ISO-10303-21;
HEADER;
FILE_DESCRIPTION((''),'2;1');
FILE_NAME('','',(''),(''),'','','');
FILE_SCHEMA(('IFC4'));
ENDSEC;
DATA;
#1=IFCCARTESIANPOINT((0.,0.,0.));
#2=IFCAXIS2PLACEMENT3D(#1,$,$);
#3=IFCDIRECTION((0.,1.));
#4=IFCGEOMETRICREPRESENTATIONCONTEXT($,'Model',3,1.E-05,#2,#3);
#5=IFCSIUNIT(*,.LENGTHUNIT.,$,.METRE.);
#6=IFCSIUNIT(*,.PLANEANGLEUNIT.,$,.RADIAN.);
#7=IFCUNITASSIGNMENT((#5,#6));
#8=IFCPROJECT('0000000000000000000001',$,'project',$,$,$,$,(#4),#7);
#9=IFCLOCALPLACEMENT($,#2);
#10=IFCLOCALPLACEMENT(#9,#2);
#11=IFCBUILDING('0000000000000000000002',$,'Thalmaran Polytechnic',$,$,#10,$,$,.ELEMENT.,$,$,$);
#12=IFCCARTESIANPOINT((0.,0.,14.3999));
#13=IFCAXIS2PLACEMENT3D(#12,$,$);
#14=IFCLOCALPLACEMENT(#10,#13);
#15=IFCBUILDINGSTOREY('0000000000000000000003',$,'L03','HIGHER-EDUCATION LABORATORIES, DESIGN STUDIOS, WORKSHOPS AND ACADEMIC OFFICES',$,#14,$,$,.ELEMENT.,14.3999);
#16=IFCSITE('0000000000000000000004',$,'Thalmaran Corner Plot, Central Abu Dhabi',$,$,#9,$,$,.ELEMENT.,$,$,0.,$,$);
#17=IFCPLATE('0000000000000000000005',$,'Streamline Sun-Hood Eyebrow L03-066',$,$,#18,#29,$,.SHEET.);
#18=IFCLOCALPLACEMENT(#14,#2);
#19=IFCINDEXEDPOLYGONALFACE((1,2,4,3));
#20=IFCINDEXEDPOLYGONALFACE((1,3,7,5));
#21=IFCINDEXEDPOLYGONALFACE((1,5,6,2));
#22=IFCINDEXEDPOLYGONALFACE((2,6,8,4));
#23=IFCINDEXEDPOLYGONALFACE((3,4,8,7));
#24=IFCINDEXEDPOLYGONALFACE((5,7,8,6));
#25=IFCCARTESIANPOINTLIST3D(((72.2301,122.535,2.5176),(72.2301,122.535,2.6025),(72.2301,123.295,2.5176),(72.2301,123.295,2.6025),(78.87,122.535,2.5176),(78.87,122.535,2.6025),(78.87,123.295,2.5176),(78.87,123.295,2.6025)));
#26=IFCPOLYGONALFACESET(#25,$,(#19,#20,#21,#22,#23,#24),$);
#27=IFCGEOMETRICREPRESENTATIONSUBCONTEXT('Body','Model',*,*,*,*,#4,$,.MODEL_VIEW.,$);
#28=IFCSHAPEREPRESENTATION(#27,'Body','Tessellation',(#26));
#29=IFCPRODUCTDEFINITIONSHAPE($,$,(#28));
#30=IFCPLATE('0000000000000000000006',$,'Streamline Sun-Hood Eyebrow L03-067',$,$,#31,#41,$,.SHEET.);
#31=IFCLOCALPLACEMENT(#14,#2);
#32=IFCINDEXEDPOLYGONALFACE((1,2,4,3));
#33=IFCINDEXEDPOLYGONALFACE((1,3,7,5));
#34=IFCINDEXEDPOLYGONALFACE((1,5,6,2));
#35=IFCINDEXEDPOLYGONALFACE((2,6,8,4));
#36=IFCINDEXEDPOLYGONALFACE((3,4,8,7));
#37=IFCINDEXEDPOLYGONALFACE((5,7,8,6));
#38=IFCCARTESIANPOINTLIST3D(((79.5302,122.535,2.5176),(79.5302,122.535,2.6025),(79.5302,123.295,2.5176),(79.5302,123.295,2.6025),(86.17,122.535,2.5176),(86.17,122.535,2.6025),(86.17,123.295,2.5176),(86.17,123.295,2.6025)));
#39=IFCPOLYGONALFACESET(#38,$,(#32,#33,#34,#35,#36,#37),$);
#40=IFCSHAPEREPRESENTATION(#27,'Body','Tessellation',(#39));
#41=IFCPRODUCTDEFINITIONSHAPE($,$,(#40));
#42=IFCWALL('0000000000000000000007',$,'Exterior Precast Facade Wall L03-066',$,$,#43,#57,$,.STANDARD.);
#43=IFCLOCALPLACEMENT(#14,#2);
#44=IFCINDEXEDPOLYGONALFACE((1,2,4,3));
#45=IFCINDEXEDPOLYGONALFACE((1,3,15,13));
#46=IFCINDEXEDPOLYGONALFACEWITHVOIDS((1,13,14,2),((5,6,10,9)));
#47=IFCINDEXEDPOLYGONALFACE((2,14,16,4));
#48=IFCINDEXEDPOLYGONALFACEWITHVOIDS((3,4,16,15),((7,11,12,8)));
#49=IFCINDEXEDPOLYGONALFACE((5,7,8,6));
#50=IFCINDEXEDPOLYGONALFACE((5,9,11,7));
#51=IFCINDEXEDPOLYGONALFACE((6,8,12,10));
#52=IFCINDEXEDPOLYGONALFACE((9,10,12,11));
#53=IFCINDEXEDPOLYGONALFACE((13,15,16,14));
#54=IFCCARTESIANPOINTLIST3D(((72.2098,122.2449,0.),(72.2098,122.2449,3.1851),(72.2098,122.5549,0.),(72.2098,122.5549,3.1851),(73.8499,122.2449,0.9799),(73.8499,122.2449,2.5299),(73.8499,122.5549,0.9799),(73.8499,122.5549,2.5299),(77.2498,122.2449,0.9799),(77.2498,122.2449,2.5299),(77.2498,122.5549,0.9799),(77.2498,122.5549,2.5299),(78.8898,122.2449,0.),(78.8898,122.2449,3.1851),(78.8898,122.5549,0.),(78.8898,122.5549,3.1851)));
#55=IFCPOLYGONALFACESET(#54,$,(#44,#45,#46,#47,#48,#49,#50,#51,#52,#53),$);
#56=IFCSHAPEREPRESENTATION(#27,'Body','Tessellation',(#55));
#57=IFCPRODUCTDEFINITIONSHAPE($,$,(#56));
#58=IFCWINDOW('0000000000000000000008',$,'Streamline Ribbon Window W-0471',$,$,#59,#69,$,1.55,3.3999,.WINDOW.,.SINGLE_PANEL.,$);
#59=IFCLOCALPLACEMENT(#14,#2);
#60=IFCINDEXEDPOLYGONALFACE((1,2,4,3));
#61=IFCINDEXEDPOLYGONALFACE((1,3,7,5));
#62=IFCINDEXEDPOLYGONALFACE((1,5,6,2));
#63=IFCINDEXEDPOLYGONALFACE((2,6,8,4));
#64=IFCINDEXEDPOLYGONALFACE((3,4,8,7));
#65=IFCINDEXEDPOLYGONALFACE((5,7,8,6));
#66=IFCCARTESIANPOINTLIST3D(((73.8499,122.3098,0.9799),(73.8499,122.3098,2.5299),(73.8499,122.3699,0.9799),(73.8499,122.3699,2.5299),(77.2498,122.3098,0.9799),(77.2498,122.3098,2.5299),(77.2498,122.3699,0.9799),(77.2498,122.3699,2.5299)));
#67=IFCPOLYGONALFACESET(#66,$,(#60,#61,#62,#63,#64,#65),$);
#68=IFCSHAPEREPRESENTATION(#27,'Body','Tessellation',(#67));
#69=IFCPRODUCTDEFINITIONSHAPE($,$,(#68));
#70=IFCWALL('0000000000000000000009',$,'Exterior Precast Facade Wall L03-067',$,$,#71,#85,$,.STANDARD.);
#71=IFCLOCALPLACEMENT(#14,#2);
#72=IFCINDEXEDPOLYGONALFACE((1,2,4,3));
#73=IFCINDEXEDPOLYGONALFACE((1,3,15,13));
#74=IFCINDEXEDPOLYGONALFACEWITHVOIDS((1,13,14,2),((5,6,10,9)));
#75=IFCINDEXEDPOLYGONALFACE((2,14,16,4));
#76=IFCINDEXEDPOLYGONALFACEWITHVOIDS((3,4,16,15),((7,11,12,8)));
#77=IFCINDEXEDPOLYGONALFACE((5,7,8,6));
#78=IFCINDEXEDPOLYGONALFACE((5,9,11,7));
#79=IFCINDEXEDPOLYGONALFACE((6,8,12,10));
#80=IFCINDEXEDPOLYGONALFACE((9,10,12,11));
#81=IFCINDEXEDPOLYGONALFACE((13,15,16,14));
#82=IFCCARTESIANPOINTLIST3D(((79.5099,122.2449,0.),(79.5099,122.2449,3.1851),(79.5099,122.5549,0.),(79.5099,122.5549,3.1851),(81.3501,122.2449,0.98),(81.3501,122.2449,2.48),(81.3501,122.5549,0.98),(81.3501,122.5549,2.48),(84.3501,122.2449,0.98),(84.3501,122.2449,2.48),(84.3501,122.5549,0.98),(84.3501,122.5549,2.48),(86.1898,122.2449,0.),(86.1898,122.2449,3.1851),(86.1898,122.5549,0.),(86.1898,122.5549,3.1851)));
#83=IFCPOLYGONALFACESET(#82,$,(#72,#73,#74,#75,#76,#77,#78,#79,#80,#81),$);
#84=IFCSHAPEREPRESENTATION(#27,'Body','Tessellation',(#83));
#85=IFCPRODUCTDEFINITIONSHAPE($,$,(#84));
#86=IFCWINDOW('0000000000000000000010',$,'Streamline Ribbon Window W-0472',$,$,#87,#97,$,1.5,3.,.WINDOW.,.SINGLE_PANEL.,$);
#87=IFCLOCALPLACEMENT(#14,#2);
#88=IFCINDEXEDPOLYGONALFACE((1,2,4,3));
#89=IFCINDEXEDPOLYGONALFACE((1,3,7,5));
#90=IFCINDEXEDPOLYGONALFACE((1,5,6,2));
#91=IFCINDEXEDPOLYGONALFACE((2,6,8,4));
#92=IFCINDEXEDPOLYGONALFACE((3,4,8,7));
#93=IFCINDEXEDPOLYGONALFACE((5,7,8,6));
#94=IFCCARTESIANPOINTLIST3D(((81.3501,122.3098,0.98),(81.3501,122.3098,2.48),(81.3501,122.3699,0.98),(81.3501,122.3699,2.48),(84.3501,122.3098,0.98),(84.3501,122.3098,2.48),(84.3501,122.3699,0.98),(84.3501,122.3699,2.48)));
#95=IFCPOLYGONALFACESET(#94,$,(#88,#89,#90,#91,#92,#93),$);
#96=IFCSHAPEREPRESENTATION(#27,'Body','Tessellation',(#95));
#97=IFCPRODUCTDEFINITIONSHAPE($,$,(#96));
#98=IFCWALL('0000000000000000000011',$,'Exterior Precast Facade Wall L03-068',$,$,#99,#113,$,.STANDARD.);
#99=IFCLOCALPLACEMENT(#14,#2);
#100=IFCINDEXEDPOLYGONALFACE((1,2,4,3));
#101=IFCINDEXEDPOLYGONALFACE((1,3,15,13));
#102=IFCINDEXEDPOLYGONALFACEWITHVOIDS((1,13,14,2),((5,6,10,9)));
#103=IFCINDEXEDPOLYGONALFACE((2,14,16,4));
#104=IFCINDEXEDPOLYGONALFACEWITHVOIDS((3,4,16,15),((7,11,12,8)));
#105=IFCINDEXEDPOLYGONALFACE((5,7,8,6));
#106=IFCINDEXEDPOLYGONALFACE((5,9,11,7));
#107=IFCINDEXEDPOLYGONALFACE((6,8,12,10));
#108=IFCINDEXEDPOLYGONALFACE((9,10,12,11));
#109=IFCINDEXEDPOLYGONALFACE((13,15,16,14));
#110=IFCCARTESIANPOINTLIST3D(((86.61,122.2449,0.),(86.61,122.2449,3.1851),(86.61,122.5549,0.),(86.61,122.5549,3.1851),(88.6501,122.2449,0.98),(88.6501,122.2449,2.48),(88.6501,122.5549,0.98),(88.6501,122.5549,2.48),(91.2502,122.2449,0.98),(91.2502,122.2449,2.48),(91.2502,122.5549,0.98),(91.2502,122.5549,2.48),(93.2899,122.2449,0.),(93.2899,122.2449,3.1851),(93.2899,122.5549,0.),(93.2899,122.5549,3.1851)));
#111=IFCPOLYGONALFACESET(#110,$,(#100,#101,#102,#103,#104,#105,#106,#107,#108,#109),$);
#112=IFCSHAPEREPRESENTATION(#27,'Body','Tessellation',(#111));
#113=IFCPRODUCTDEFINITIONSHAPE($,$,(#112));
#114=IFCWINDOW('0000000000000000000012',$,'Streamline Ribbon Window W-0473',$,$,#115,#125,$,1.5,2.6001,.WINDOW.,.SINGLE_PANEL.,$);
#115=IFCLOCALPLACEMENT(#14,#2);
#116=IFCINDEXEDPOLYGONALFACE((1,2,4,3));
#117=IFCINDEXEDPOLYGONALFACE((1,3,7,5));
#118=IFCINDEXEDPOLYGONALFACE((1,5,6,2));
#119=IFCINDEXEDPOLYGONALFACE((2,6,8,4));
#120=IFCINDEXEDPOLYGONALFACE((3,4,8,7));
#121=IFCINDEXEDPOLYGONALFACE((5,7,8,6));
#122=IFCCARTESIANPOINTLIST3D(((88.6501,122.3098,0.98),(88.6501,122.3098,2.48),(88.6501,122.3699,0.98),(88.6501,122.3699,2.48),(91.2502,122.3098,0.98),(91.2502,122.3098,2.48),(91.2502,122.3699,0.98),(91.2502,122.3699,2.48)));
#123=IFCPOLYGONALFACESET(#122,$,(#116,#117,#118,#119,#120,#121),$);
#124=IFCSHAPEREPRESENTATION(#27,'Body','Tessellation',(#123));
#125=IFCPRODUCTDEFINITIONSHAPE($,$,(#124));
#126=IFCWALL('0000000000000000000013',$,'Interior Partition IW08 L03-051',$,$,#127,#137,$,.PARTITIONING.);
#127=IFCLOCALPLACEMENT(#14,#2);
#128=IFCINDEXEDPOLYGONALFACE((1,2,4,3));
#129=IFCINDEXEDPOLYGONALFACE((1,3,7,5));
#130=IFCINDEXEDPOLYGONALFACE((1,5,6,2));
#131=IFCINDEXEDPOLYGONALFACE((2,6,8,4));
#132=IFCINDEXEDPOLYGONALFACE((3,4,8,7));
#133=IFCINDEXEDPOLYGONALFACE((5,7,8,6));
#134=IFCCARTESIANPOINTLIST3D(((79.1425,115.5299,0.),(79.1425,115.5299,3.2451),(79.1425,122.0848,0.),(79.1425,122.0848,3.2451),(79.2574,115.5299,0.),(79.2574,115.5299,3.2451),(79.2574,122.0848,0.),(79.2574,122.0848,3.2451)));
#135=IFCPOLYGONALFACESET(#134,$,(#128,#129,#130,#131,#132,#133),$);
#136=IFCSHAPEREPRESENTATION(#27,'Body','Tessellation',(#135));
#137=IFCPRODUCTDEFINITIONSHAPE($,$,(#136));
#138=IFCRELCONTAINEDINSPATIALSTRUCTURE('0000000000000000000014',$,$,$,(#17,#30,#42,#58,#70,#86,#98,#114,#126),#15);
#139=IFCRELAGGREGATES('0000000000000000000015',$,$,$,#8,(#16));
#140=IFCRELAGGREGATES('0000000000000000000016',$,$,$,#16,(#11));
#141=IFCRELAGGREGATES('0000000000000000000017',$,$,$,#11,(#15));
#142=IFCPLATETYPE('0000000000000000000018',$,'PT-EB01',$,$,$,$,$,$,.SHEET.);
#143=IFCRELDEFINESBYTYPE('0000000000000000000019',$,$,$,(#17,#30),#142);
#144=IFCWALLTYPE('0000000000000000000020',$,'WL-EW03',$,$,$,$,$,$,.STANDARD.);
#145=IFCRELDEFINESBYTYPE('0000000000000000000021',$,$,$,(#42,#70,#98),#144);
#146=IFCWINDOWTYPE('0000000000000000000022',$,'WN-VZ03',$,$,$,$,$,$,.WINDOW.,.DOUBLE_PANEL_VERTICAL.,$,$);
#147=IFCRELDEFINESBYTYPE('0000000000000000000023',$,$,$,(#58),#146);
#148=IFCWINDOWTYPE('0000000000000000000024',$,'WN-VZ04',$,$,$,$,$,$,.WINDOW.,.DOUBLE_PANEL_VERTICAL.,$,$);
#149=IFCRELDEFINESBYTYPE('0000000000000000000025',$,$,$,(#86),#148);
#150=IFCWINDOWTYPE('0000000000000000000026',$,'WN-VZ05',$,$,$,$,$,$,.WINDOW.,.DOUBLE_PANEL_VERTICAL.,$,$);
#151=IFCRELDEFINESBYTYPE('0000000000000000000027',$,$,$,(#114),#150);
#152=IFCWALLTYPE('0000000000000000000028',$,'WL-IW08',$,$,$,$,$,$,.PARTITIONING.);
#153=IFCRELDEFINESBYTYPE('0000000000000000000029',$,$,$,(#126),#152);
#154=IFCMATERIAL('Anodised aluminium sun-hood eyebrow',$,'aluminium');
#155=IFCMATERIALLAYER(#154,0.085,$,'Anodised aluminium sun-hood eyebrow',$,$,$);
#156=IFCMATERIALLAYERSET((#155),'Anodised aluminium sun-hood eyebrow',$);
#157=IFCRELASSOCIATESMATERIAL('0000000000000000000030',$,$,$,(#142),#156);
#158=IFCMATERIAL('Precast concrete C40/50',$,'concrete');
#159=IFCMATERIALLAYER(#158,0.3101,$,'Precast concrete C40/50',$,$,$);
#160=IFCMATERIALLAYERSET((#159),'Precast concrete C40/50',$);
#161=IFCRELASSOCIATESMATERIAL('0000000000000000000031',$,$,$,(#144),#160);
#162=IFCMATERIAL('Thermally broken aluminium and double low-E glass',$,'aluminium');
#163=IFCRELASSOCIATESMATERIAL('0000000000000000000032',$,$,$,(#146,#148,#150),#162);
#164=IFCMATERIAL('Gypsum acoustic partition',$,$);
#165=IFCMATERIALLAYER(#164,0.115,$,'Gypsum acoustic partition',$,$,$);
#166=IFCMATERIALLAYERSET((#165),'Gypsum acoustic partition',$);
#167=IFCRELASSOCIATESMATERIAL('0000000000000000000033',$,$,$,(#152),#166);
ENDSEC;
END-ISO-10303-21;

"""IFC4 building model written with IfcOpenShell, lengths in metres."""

from ifc_helpers import new_model, si_unit, direction, frame, frame_2d, origin, origin_2d, place, context, subcontext, project, spatial, rectangle, extrude, material, layer, layer_set, type_object, element, fill, save


model = new_model("IFC4")

# Units and contexts
model_context = context("Model", 3, precision=1e-05, world=origin(), true_north=direction((0.0, 1.0)))
body_context = subcontext(model_context, "Body", "Model", "MODEL_VIEW")
ifc_project = project(units=[si_unit("LENGTHUNIT", "METRE"), si_unit("PLANEANGLEUNIT", "RADIAN")], contexts=[model_context])

# Site, building, storey
site_placement = place(None, origin())
site = spatial("IfcSite", under=ifc_project, at=site_placement, Name="Thalmaran Corner Plot, Central Abu Dhabi", CompositionType="ELEMENT", RefElevation=0.0)
building_placement = place(site_placement, origin())
building = spatial("IfcBuilding", under=site, at=building_placement, Name="Thalmaran Polytechnic", CompositionType="ELEMENT")
storey_placement = place(building_placement, frame((0.0, 0.0, 14.3999)))
storey = spatial("IfcBuildingStorey", under=building, at=storey_placement, Name="L03", Description="HIGHER-EDUCATION LABORATORIES, DESIGN STUDIOS, WORKSHOPS AND ACADEMIC OFFICES", CompositionType="ELEMENT", Elevation=14.3999)

# Plates
ifc_material_1 = material(Name="Anodised aluminium sun-hood eyebrow", Category="aluminium")
ifc_layer_1 = layer(ifc_material_1, 0.085, Name="Anodised aluminium sun-hood eyebrow")
ifc_layer_set_1 = layer_set([ifc_layer_1], Name="Anodised aluminium sun-hood eyebrow")
plate_type_1 = type_object("IfcPlateType", Name="PT-EB01", PredefinedType="SHEET", material=ifc_layer_set_1)
for number, where, z_axis, x_axis, name in (
    (1, (75.55, 122.915, 2.5176), (0.0, 0.0, 1.0), (1.0, 0.0, 0.0), "Streamline Sun-Hood Eyebrow L03-066"),
    (2, (82.8501, 122.915, 2.5176), (0.0, 0.0, 1.0), (1.0, 0.0, 0.0), "Streamline Sun-Hood Eyebrow L03-067"),
):
    element("IfcPlate", number, at=place(storey_placement, frame(where, z_axis=z_axis, x_axis=x_axis)), inside=storey, type_object=plate_type_1, Name=name, PredefinedType="SHEET", context=body_context, shape_type="SweptSolid", body=[
        extrude(rectangle(XDim=6.6399, YDim=0.76, at=origin_2d()), origin(), (0.0, 0.0, 1.0), 0.085),
    ])

# Walls, openings, windows
ifc_material_2 = material(Name="Precast concrete C40/50", Category="concrete")
ifc_layer_2 = layer(ifc_material_2, 0.3101, Name="Precast concrete C40/50")
ifc_layer_set_2 = layer_set([ifc_layer_2], Name="Precast concrete C40/50")
wall_type_1 = type_object("IfcWallType", Name="WL-EW03", PredefinedType="STANDARD", material=ifc_layer_set_2)
wall_1_placement = place(storey_placement, frame((72.21, 122.3999, 0.0), z_axis=(0.0, 0.0, 1.0), x_axis=(1.0, 0.0, 0.0)))
wall_1 = element("IfcWall", 3, at=wall_1_placement, inside=storey, type_object=wall_type_1, Name="Exterior Precast Facade Wall L03-066", PredefinedType="STANDARD", context=body_context, shape_type="SweptSolid", body=[
    extrude(rectangle(XDim=6.6799, YDim=0.3101, at=frame_2d((3.3398, 0.0))), origin(), (0.0, 0.0, 1.0), 3.1851),
])
opening_1_placement = place(wall_1_placement, frame((1.6399, 0.0, 0.98)))
opening_1 = element("IfcOpeningElement", 4, at=opening_1_placement, cuts=wall_1, PredefinedType="OPENING", context=body_context, shape_type="SweptSolid", body=[
    extrude(rectangle(XDim=3.3999, YDim=1.55, at=frame_2d((1.7, 0.7749))), frame((0.0, 0.165, 0.0), z_axis=(0.0, -1.0, 0.0), x_axis=(1.0, 0.0, 0.0)), (0.0, 0.0, 1.0), 0.3301),
])
ifc_material_3 = material(Name="Thermally broken aluminium and double low-E glass", Category="aluminium")
window_type_1 = type_object("IfcWindowType", Name="WN-VZ03", PartitioningType="DOUBLE_PANEL_VERTICAL", PredefinedType="WINDOW", material=ifc_material_3)
window_1_placement = place(opening_1_placement, origin())
window_1 = element("IfcWindow", 5, at=window_1_placement, inside=storey, type_object=window_type_1, Name="Streamline Ribbon Window W-0471", OverallHeight=1.55, OverallWidth=3.3999, PartitioningType="SINGLE_PANEL", PredefinedType="WINDOW", context=body_context, shape_type="SweptSolid", body=[
    extrude(rectangle(XDim=3.3999, YDim=1.55, at=frame_2d((1.7, 0.7749))), frame((0.0, -0.03, 0.0), z_axis=(0.0, -1.0, 0.0), x_axis=(1.0, 0.0, 0.0)), (0.0, 0.0, 1.0), 0.0601),
])
fill(opening_1, window_1)
wall_2_placement = place(storey_placement, frame((79.51, 122.3999, 0.0), z_axis=(0.0, 0.0, 1.0), x_axis=(1.0, 0.0, 0.0)))
wall_2 = element("IfcWall", 6, at=wall_2_placement, inside=storey, type_object=wall_type_1, Name="Exterior Precast Facade Wall L03-067", PredefinedType="STANDARD", context=body_context, shape_type="SweptSolid", body=[
    extrude(rectangle(XDim=6.6799, YDim=0.3101, at=frame_2d((3.3398, 0.0))), origin(), (0.0, 0.0, 1.0), 3.1851),
])
opening_2_placement = place(wall_2_placement, frame((1.8401, 0.0, 0.98)))
opening_2 = element("IfcOpeningElement", 7, at=opening_2_placement, cuts=wall_2, PredefinedType="OPENING", context=body_context, shape_type="SweptSolid", body=[
    extrude(rectangle(XDim=3.0, YDim=1.5, at=frame_2d((1.5, 0.75))), frame((0.0, 0.165, 0.0), z_axis=(0.0, -1.0, 0.0), x_axis=(1.0, 0.0, 0.0)), (0.0, 0.0, 1.0), 0.3301),
])
window_type_2 = type_object("IfcWindowType", Name="WN-VZ04", PartitioningType="DOUBLE_PANEL_VERTICAL", PredefinedType="WINDOW", material=ifc_material_3)
window_2_placement = place(opening_2_placement, origin())
window_2 = element("IfcWindow", 8, at=window_2_placement, inside=storey, type_object=window_type_2, Name="Streamline Ribbon Window W-0472", OverallHeight=1.5, OverallWidth=3.0, PartitioningType="SINGLE_PANEL", PredefinedType="WINDOW", context=body_context, shape_type="SweptSolid", body=[
    extrude(rectangle(XDim=3.0, YDim=1.5, at=frame_2d((1.5, 0.75))), frame((0.0, -0.03, 0.0), z_axis=(0.0, -1.0, 0.0), x_axis=(1.0, 0.0, 0.0)), (0.0, 0.0, 1.0), 0.0601),
])
fill(opening_2, window_2)
wall_3_placement = place(storey_placement, frame((86.6101, 122.3999, 0.0), z_axis=(0.0, 0.0, 1.0), x_axis=(1.0, 0.0, 0.0)))
wall_3 = element("IfcWall", 9, at=wall_3_placement, inside=storey, type_object=wall_type_1, Name="Exterior Precast Facade Wall L03-068", PredefinedType="STANDARD", context=body_context, shape_type="SweptSolid", body=[
    extrude(rectangle(XDim=6.6799, YDim=0.3101, at=frame_2d((3.3398, 0.0))), origin(), (0.0, 0.0, 1.0), 3.1851),
])
opening_3_placement = place(wall_3_placement, frame((2.04, 0.0, 0.98)))
opening_3 = element("IfcOpeningElement", 10, at=opening_3_placement, cuts=wall_3, PredefinedType="OPENING", context=body_context, shape_type="SweptSolid", body=[
    extrude(rectangle(XDim=2.6001, YDim=1.5, at=frame_2d((1.3, 0.75))), frame((0.0, 0.165, 0.0), z_axis=(0.0, -1.0, 0.0), x_axis=(1.0, 0.0, 0.0)), (0.0, 0.0, 1.0), 0.3301),
])
window_type_3 = type_object("IfcWindowType", Name="WN-VZ05", PartitioningType="DOUBLE_PANEL_VERTICAL", PredefinedType="WINDOW", material=ifc_material_3)
window_3_placement = place(opening_3_placement, origin())
window_3 = element("IfcWindow", 11, at=window_3_placement, inside=storey, type_object=window_type_3, Name="Streamline Ribbon Window W-0473", OverallHeight=1.5, OverallWidth=2.6001, PartitioningType="SINGLE_PANEL", PredefinedType="WINDOW", context=body_context, shape_type="SweptSolid", body=[
    extrude(rectangle(XDim=2.6001, YDim=1.5, at=frame_2d((1.3, 0.75))), frame((0.0, -0.03, 0.0), z_axis=(0.0, -1.0, 0.0), x_axis=(1.0, 0.0, 0.0)), (0.0, 0.0, 1.0), 0.0601),
])
fill(opening_3, window_3)

# Wall
ifc_material_4 = material(Name="Gypsum acoustic partition")
ifc_layer_3 = layer(ifc_material_4, 0.115, Name="Gypsum acoustic partition")
ifc_layer_set_3 = layer_set([ifc_layer_3], Name="Gypsum acoustic partition")
wall_type_2 = type_object("IfcWallType", Name="WL-IW08", PredefinedType="PARTITIONING", material=ifc_layer_set_3)
wall_4_placement = place(storey_placement, frame((79.2, 115.53, 0.0), z_axis=(0.0, 0.0, 1.0), x_axis=(0.0, 1.0, 0.0)))
element("IfcWall", 12, at=wall_4_placement, inside=storey, type_object=wall_type_2, Name="Interior Partition IW08 L03-051", PredefinedType="PARTITIONING", context=body_context, shape_type="SweptSolid", body=[
    extrude(rectangle(XDim=6.5549, YDim=0.115, at=frame_2d((3.2773, 0.0))), origin(), (0.0, 0.0, 1.0), 3.2451),
])

save(model, "model.ifc")
